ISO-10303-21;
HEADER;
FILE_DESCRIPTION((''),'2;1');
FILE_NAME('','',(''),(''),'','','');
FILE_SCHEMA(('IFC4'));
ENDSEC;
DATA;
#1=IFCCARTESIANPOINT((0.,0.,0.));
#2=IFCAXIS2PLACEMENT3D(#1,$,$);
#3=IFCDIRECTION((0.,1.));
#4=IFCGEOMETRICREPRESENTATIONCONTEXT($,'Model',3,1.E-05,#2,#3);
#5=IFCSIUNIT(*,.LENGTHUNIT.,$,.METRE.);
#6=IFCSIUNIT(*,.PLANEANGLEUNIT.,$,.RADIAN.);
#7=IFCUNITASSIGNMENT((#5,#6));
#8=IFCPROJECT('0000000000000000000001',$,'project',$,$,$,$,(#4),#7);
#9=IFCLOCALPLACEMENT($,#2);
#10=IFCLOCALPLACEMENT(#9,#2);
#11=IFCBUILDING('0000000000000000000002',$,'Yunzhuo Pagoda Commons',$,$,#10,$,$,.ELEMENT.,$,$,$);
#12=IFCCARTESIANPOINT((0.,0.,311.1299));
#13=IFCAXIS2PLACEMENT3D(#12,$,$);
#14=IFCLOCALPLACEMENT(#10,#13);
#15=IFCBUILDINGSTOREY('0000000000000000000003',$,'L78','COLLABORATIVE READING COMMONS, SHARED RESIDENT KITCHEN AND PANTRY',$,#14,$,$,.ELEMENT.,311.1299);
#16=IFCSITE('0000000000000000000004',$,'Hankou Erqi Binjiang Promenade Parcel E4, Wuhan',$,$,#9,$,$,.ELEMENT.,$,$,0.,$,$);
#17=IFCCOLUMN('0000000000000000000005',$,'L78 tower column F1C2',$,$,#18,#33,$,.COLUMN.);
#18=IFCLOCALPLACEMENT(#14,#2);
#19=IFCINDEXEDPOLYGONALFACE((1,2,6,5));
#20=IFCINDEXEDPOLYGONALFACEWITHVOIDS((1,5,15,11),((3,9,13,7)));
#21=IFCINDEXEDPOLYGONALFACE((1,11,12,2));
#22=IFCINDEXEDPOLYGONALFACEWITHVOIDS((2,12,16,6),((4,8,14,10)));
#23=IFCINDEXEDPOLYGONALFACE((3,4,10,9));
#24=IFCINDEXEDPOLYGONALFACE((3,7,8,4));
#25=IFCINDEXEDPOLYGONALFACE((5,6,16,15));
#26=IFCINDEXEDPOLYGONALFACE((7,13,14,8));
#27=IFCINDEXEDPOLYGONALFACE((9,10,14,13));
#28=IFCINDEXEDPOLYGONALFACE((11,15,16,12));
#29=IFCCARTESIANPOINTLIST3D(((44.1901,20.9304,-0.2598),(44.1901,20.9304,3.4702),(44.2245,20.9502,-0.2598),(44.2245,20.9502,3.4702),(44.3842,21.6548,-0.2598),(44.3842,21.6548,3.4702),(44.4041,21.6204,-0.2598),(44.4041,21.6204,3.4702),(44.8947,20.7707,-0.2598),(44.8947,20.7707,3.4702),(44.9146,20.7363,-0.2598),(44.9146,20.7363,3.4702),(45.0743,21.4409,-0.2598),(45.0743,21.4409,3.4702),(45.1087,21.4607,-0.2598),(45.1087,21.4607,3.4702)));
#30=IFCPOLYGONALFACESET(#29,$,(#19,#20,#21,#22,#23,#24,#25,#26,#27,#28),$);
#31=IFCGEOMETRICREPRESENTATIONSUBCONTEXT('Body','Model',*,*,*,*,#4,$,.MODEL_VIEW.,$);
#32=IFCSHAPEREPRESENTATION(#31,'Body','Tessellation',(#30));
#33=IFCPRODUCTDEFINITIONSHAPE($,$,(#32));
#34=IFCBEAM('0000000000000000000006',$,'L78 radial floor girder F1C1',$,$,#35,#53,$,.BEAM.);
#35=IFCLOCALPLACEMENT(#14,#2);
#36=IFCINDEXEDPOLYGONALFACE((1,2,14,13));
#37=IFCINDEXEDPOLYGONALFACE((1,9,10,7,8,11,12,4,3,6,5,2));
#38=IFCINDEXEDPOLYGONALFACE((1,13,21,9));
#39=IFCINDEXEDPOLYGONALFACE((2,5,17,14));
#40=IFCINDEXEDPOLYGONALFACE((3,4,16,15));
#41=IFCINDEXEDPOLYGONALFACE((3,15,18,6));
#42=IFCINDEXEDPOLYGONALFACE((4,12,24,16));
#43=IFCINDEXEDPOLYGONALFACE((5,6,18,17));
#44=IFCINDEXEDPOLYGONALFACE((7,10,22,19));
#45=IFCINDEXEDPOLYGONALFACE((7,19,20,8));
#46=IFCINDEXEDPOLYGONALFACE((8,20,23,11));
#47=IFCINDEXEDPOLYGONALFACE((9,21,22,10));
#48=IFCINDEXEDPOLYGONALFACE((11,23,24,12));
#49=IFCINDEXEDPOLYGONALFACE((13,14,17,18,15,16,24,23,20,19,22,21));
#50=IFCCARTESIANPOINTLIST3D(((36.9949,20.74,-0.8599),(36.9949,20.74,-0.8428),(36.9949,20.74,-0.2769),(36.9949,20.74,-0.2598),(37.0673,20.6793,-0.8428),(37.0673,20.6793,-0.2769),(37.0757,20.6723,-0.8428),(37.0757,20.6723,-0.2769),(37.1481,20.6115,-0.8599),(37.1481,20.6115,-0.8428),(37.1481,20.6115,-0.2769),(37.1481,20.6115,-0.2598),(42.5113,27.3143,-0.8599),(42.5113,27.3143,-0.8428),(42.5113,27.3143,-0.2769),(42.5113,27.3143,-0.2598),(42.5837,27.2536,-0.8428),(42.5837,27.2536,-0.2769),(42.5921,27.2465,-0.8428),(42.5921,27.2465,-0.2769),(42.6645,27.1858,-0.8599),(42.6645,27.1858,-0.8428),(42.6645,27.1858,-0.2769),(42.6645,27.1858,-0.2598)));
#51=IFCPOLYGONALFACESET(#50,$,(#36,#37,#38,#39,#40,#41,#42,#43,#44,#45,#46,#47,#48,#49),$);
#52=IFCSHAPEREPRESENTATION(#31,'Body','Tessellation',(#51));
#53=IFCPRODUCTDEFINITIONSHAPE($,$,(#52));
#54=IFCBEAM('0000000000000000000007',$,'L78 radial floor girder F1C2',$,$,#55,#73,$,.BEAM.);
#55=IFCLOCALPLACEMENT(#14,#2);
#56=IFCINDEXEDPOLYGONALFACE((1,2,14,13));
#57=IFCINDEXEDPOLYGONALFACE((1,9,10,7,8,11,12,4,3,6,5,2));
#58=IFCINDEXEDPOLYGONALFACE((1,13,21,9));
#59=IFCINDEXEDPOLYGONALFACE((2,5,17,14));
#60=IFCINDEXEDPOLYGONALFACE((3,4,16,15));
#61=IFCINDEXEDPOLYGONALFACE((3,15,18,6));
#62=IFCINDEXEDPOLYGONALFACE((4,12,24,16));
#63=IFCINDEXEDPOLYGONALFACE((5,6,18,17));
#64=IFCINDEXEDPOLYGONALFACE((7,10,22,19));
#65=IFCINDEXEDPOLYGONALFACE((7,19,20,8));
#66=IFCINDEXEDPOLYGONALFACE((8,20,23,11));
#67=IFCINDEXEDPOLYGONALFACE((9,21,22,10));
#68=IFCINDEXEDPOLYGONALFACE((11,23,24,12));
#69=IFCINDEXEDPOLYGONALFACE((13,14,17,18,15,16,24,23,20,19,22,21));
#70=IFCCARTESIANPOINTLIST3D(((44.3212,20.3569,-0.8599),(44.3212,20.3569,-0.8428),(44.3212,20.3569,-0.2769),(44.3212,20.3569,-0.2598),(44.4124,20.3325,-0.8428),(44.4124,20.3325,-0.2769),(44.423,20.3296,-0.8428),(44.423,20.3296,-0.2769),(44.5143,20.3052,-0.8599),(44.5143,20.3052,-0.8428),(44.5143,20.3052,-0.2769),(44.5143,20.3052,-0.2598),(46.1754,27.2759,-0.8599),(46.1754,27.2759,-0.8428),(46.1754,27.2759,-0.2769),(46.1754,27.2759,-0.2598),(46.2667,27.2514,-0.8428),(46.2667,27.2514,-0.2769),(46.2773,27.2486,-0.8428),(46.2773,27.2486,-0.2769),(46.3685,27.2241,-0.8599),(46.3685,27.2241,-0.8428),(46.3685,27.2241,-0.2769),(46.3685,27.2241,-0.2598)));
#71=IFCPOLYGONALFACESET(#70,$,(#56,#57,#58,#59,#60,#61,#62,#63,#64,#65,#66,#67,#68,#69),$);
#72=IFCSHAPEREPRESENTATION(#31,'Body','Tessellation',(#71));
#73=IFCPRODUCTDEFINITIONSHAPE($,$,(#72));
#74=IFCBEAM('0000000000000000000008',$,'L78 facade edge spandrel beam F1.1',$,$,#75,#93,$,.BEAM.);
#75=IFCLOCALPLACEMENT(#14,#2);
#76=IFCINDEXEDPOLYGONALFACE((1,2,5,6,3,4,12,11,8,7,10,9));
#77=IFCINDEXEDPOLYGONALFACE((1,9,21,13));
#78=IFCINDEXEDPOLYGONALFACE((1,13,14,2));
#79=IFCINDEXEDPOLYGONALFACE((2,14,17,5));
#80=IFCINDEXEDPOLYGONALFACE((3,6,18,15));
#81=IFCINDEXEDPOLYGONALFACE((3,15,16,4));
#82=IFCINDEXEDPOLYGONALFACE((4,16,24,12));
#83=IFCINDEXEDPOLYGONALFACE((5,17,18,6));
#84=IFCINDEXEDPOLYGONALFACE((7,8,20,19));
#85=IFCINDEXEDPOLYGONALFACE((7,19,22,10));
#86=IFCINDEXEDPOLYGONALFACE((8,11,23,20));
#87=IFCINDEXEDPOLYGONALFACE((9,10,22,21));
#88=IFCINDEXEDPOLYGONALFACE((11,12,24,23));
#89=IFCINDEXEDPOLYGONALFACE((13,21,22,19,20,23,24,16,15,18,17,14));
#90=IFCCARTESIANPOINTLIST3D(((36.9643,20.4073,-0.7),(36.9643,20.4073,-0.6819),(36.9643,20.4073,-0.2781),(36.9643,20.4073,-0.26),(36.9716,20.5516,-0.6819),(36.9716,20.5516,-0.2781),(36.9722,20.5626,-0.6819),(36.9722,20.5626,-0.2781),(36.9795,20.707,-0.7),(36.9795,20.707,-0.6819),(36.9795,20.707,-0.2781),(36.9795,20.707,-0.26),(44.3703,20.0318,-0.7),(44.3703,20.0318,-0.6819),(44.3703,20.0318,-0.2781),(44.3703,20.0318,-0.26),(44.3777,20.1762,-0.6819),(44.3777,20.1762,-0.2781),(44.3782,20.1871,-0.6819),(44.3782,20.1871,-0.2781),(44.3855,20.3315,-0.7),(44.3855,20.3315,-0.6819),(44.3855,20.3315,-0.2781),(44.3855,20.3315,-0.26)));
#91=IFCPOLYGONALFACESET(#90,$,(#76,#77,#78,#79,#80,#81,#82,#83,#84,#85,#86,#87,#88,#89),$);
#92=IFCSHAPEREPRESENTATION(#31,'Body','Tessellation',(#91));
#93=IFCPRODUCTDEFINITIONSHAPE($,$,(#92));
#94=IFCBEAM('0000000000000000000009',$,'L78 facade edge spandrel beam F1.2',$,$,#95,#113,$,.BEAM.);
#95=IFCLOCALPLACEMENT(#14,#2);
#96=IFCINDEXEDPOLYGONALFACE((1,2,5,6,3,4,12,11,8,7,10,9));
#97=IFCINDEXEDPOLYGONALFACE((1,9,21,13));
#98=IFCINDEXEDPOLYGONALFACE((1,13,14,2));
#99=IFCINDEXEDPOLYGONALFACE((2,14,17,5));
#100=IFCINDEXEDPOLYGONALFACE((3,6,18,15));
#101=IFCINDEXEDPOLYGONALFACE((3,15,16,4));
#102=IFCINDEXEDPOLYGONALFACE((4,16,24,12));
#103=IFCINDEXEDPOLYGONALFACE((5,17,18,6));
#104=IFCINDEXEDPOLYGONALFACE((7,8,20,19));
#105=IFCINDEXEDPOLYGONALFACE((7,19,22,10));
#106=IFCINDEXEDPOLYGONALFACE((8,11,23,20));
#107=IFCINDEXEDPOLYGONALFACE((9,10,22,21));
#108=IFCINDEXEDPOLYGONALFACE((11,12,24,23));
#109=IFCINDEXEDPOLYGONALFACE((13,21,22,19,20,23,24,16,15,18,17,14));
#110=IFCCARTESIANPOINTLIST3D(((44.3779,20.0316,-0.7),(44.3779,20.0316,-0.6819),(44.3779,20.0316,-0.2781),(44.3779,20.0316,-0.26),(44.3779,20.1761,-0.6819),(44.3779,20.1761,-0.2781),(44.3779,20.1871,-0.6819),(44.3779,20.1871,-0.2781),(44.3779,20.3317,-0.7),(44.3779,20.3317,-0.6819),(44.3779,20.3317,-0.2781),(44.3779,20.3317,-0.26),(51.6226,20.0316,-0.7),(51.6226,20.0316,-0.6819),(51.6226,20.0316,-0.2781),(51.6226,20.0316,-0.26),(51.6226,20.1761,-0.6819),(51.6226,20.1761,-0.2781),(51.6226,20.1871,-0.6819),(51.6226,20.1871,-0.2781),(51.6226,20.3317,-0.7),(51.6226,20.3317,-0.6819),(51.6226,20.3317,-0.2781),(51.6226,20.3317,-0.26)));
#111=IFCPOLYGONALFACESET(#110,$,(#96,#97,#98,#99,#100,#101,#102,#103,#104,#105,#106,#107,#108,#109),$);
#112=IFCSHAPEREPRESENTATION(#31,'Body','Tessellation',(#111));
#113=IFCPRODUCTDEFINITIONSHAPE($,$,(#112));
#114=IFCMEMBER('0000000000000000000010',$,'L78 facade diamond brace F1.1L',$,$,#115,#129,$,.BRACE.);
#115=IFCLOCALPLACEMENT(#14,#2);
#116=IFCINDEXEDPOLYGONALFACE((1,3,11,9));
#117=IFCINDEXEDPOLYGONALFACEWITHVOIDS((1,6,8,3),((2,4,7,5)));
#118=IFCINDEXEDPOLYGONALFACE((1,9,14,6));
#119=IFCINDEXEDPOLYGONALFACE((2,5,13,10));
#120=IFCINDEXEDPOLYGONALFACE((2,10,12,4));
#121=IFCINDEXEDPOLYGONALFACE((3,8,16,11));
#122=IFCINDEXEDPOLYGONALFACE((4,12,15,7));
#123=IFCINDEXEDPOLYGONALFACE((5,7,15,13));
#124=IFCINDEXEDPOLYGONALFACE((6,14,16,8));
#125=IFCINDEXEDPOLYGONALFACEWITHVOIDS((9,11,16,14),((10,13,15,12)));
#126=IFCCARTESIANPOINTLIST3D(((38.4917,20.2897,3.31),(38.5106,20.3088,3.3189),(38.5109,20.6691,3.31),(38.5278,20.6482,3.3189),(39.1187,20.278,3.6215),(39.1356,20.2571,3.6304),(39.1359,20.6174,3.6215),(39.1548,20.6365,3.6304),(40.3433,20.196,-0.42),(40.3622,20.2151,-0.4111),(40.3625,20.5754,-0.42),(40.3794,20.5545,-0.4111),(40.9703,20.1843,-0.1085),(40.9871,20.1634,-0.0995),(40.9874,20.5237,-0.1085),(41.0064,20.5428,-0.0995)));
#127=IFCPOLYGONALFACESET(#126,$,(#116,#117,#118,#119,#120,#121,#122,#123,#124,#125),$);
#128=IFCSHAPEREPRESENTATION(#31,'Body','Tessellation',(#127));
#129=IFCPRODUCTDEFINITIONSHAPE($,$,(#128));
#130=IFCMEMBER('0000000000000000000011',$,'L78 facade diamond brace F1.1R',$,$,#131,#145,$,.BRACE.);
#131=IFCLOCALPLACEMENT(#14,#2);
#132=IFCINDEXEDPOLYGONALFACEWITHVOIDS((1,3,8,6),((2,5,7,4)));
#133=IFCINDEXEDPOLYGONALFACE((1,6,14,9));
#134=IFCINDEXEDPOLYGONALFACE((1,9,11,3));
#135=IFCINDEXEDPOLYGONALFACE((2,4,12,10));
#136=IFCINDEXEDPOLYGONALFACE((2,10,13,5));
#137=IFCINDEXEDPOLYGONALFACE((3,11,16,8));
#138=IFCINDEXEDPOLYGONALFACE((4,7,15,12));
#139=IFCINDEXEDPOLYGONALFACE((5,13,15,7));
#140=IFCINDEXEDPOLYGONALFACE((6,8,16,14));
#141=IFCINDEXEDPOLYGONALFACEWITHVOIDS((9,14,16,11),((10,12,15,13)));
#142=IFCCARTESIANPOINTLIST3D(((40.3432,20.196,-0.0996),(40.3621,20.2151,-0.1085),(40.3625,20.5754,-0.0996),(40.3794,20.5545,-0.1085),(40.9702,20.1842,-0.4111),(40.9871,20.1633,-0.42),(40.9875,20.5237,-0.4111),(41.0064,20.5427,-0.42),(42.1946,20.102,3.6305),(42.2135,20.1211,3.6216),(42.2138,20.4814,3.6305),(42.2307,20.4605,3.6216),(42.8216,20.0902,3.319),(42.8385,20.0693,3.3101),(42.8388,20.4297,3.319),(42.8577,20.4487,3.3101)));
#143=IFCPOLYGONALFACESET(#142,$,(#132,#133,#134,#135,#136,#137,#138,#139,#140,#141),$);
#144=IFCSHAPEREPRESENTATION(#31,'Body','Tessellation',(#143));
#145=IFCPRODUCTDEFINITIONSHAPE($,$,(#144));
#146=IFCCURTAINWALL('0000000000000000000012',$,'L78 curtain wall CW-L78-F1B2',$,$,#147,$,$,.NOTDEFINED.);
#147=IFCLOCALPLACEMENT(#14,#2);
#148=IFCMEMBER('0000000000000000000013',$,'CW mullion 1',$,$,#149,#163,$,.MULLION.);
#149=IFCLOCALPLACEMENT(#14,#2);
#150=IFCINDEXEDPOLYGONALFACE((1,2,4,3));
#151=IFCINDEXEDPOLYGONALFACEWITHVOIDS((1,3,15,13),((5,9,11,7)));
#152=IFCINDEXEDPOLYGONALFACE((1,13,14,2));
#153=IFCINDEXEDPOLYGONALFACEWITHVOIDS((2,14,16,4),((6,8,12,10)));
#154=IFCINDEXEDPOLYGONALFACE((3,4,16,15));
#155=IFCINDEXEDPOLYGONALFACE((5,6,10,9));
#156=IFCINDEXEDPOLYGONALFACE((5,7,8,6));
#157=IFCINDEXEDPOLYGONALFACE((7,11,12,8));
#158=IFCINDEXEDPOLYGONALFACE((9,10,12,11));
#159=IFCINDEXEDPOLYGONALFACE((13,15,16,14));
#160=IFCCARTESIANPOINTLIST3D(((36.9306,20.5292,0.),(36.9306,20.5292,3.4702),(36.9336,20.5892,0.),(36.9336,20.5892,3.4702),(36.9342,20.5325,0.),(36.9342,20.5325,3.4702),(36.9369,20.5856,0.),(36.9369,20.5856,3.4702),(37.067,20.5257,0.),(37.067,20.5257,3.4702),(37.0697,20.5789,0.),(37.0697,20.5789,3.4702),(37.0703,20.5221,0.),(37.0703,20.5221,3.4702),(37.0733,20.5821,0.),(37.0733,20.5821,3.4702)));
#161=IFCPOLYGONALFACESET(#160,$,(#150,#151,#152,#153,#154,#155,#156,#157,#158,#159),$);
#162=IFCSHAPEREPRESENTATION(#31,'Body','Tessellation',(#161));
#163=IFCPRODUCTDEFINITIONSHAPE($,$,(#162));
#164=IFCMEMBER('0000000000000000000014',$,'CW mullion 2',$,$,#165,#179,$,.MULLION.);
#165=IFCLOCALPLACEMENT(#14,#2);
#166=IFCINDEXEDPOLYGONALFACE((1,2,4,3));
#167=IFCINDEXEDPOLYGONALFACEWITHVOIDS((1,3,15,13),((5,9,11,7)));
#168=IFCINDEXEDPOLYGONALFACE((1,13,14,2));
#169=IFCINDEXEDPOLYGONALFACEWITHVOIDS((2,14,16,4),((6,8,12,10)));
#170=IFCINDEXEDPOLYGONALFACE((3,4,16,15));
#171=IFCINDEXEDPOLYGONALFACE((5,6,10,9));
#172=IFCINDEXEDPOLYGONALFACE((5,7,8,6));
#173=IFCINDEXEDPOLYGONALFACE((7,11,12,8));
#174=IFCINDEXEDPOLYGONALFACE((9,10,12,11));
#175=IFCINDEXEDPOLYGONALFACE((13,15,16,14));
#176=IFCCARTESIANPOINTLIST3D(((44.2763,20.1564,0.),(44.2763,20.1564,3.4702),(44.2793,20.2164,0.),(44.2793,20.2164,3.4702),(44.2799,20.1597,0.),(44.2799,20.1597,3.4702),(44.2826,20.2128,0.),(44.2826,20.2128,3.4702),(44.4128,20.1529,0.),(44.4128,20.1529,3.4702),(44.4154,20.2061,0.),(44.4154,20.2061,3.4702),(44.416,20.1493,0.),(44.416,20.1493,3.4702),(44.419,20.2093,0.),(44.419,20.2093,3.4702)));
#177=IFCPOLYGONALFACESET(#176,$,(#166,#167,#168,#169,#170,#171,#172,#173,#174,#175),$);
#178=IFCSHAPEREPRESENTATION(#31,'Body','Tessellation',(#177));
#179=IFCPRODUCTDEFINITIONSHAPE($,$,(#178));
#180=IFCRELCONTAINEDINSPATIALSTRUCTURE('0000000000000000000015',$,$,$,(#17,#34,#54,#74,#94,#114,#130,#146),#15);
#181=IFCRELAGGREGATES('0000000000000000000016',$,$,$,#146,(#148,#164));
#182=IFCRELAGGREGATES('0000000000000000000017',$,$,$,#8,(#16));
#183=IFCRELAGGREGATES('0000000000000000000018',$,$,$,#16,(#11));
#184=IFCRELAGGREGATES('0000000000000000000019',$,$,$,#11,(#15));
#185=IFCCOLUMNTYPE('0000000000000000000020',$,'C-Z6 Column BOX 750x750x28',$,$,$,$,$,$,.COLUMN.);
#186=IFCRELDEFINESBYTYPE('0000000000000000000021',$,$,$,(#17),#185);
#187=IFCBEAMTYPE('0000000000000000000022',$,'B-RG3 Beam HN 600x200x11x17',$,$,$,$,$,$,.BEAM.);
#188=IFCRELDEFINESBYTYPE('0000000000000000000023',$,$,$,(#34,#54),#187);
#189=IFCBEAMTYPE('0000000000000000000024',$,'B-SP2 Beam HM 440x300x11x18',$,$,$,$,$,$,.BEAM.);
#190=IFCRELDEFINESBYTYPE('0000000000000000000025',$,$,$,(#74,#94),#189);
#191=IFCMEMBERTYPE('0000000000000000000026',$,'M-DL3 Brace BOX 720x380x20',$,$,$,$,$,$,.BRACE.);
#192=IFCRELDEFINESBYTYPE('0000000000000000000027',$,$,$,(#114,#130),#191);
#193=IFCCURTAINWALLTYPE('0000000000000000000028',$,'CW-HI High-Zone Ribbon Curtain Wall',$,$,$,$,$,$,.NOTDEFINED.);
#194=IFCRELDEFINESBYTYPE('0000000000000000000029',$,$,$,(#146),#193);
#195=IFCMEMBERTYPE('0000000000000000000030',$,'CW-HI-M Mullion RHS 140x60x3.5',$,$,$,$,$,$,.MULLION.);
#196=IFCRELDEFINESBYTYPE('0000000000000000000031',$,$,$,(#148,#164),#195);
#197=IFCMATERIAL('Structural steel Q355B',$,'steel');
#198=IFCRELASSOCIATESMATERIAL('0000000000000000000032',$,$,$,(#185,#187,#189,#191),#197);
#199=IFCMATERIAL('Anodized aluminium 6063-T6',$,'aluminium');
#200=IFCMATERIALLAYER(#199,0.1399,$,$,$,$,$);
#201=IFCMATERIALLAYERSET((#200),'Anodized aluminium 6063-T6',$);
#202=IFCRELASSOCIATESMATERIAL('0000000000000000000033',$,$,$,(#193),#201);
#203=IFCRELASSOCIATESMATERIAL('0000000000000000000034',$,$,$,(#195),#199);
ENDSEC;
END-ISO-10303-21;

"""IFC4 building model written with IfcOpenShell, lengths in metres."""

from ifc_helpers import new_model, si_unit, direction, frame, origin, origin_2d, place, context, subcontext, project, spatial, hollow_rectangle, i_section, extrude, source, transform, mapped, material, layer, layer_set, material_profile, profile_set, type_object, element, aggregate, save


model = new_model("IFC4")

# Units and contexts
model_context = context("Model", 3, precision=1e-05, world=origin(), true_north=direction((0.0, 1.0)))
body_context = subcontext(model_context, "Body", "Model", "MODEL_VIEW")
ifc_project = project(units=[si_unit("LENGTHUNIT", "METRE"), si_unit("PLANEANGLEUNIT", "RADIAN")], contexts=[model_context])

# Site, building, storey
site_placement = place(None, origin())
site = spatial("IfcSite", under=ifc_project, at=site_placement, Name="Hankou Erqi Binjiang Promenade Parcel E4, Wuhan", CompositionType="ELEMENT", RefElevation=0.0)
building_placement = place(site_placement, origin())
building = spatial("IfcBuilding", under=site, at=building_placement, Name="Yunzhuo Pagoda Commons", CompositionType="ELEMENT")
storey_placement = place(building_placement, frame((0.0, 0.0, 311.1299)))
storey = spatial("IfcBuildingStorey", under=building, at=storey_placement, Name="L78", Description="COLLABORATIVE READING COMMONS, SHARED RESIDENT KITCHEN AND PANTRY", CompositionType="ELEMENT", Elevation=311.1299)

# Column
ifc_material_1 = material(Name="Structural steel Q355B", Category="steel")
ifc_material_profile_1 = material_profile(ifc_material_1, hollow_rectangle(XDim=0.75, YDim=0.75, WallThickness=0.0281, at=origin_2d()), Name="Structural steel Q355B")
ifc_profile_set_1 = profile_set([ifc_material_profile_1], Name="Structural steel Q355B")
column_type = type_object("IfcColumnType", Name="C-Z6 Column BOX 750x750x28", PredefinedType="COLUMN", material=ifc_profile_set_1)
shared_shape_1 = source(origin(), body_context, "Body", "SweptSolid", [
    extrude(hollow_rectangle(XDim=0.75, YDim=0.75, WallThickness=0.0281, at=origin_2d()), origin(), (0.0, 0.0, 1.0), 3.73),
])
column_placement = place(storey_placement, frame((44.6494, 21.1956, -0.2598), z_axis=(0.0, 0.0, 1.0), x_axis=(0.965926, -0.258819, 0.0)))
element("IfcColumn", 1, at=column_placement, inside=storey, type_object=column_type, Name="L78 tower column F1C2", PredefinedType="COLUMN", context=body_context, shape_type="MappedRepresentation", body=[
    mapped(shared_shape_1, transform((0.0, 0.0, 0.0), scale=1.0)),
])

# Beams
ifc_material_profile_2 = material_profile(ifc_material_1, i_section(OverallWidth=0.2, OverallDepth=0.6001, WebThickness=0.011, FlangeThickness=0.0171, at=origin_2d()), Name="Structural steel Q355B")
ifc_profile_set_2 = profile_set([ifc_material_profile_2], Name="Structural steel Q355B")
beam_type_1 = type_object("IfcBeamType", Name="B-RG3 Beam HN 600x200x11x17", PredefinedType="BEAM", material=ifc_profile_set_2)
shared_shape_2 = source(origin(), body_context, "Body", "SweptSolid", [
    extrude(i_section(OverallWidth=0.2, OverallDepth=0.6001, WebThickness=0.011, FlangeThickness=0.0171, at=origin_2d()), origin(), (0.0, 0.0, 1.0), 8.582),
])
beam_1_placement = place(storey_placement, frame((37.0715, 20.6758, -0.5598), z_axis=(0.642783, 0.766048, 0.0), x_axis=(-0.766048, 0.642783, 0.0)))
element("IfcBeam", 2, at=beam_1_placement, inside=storey, type_object=beam_type_1, Name="L78 radial floor girder F1C1", PredefinedType="BEAM", context=body_context, shape_type="MappedRepresentation", body=[
    mapped(shared_shape_2, transform((0.0, 0.0, 0.0), scale=1.0)),
])
shared_shape_3 = source(origin(), body_context, "Body", "SweptSolid", [
    extrude(i_section(OverallWidth=0.2, OverallDepth=0.6001, WebThickness=0.011, FlangeThickness=0.0171, at=origin_2d()), origin(), (0.0, 0.0, 1.0), 7.1631),
])
beam_2_placement = place(storey_placement, frame((44.4177, 20.3311, -0.5598), z_axis=(0.258861, 0.965915, 0.0), x_axis=(-0.965915, 0.258861, 0.0)))
element("IfcBeam", 3, at=beam_2_placement, inside=storey, type_object=beam_type_1, Name="L78 radial floor girder F1C2", PredefinedType="BEAM", context=body_context, shape_type="MappedRepresentation", body=[
    mapped(shared_shape_3, transform((0.0, 0.0, 0.0), scale=1.0)),
])
ifc_material_profile_3 = material_profile(ifc_material_1, i_section(OverallWidth=0.3, OverallDepth=0.4399, WebThickness=0.011, FlangeThickness=0.0181, at=origin_2d()), Name="Structural steel Q355B")
ifc_profile_set_3 = profile_set([ifc_material_profile_3], Name="Structural steel Q355B")
beam_type_2 = type_object("IfcBeamType", Name="B-SP2 Beam HM 440x300x11x18", PredefinedType="BEAM", material=ifc_profile_set_3)
shared_shape_4 = source(origin(), body_context, "Body", "SweptSolid", [
    extrude(i_section(OverallWidth=0.3, OverallDepth=0.4399, WebThickness=0.011, FlangeThickness=0.0181, at=origin_2d()), origin(), (0.0, 0.0, 1.0), 7.4155),
])
beam_3_placement = place(storey_placement, frame((36.9719, 20.5571, -0.48), z_axis=(0.998717, -0.050635, 0.0), x_axis=(0.050635, 0.998717, 0.0)))
element("IfcBeam", 4, at=beam_3_placement, inside=storey, type_object=beam_type_2, Name="L78 facade edge spandrel beam F1.1", PredefinedType="BEAM", context=body_context, shape_type="MappedRepresentation", body=[
    mapped(shared_shape_4, transform((0.0, 0.0, 0.0), scale=1.0)),
])
shared_shape_5 = source(origin(), body_context, "Body", "SweptSolid", [
    extrude(i_section(OverallWidth=0.3, OverallDepth=0.4399, WebThickness=0.011, FlangeThickness=0.0181, at=origin_2d()), origin(), (0.0, 0.0, 1.0), 7.2446),
])
beam_4_placement = place(storey_placement, frame((44.3779, 20.1816, -0.48), z_axis=(1.0, 0.0, 0.0), x_axis=(0.0, 1.0, 0.0)))
element("IfcBeam", 5, at=beam_4_placement, inside=storey, type_object=beam_type_2, Name="L78 facade edge spandrel beam F1.2", PredefinedType="BEAM", context=body_context, shape_type="MappedRepresentation", body=[
    mapped(shared_shape_5, transform((0.0, 0.0, 0.0), scale=1.0)),
])

# Members
ifc_material_profile_4 = material_profile(ifc_material_1, hollow_rectangle(XDim=0.3799, YDim=0.72, WallThickness=0.02, at=origin_2d()), Name="Structural steel Q355B")
ifc_profile_set_4 = profile_set([ifc_material_profile_4], Name="Structural steel Q355B")
member_type_1 = type_object("IfcMemberType", Name="M-DL3 Brace BOX 720x380x20", PredefinedType="BRACE", material=ifc_profile_set_4)
shared_shape_6 = source(origin(), body_context, "Body", "SweptSolid", [
    extrude(hollow_rectangle(XDim=0.3799, YDim=0.72, WallThickness=0.02, at=origin_2d()), origin(), (0.0, 0.0, 1.0), 4.1653),
])
for number, where, z_axis, x_axis, name in (
    (6, (40.6748, 20.3694, -0.2598), (-0.444519, 0.022507, 0.895486), (-0.050568, -0.998721, 0.0), "L78 facade diamond brace F1.1L"),
    (7, (40.6748, 20.3694, -0.2598), (0.444472, -0.022566, 0.895509), (0.050706, 0.998714, 0.0), "L78 facade diamond brace F1.1R"),
):
    element("IfcMember", number, at=place(storey_placement, frame(where, z_axis=z_axis, x_axis=x_axis)), inside=storey, type_object=member_type_1, Name=name, PredefinedType="BRACE", context=body_context, shape_type="MappedRepresentation", body=[
        mapped(shared_shape_6, transform((0.0, 0.0, 0.0), scale=1.0)),
    ])

# Curtain wall, members
ifc_material_2 = material(Name="Anodized aluminium 6063-T6", Category="aluminium")
ifc_layer_1 = layer(ifc_material_2, 0.1399)
ifc_layer_set_1 = layer_set([ifc_layer_1], Name="Anodized aluminium 6063-T6")
curtain_wall_type = type_object("IfcCurtainWallType", Name="CW-HI High-Zone Ribbon Curtain Wall", PredefinedType="NOTDEFINED", material=ifc_layer_set_1)
curtain_wall_1_placement = place(storey_placement, origin())
curtain_wall_1 = element("IfcCurtainWall", 8, at=curtain_wall_1_placement, inside=storey, type_object=curtain_wall_type, Name="L78 curtain wall CW-L78-F1B2", PredefinedType="NOTDEFINED")
ifc_material_profile_5 = material_profile(ifc_material_2, hollow_rectangle(XDim=0.0601, YDim=0.1399, WallThickness=0.0034, at=origin_2d()), Name="Anodized aluminium 6063-T6")
ifc_profile_set_5 = profile_set([ifc_material_profile_5], Name="Anodized aluminium 6063-T6")
member_type_2 = type_object("IfcMemberType", Name="CW-HI-M Mullion RHS 140x60x3.5", PredefinedType="MULLION", material=ifc_profile_set_5)
shared_shape_7 = source(origin(), body_context, "Body", "SweptSolid", [
    extrude(hollow_rectangle(XDim=0.0601, YDim=0.1399, WallThickness=0.0034, at=origin_2d()), origin(), (0.0, 0.0, 1.0), 3.4702),
])
member_1_placement = place(storey_placement, frame((37.002, 20.5557, 0.0), z_axis=(0.0, 0.0, 1.0), x_axis=(0.050692, 0.998714, 0.0)))
member_1 = element("IfcMember", 9, at=member_1_placement, type_object=member_type_2, Name="CW mullion 1", PredefinedType="MULLION", context=body_context, shape_type="MappedRepresentation", body=[
    mapped(shared_shape_7, transform((0.0, 0.0, 0.0), scale=1.0)),
])
member_2_placement = place(storey_placement, frame((44.3477, 20.1829, 0.0), z_axis=(0.0, 0.0, 1.0), x_axis=(0.050692, 0.998714, 0.0)))
member_2 = element("IfcMember", 10, at=member_2_placement, type_object=member_type_2, Name="CW mullion 2", PredefinedType="MULLION", context=body_context, shape_type="MappedRepresentation", body=[
    mapped(shared_shape_7, transform((0.0, 0.0, 0.0), scale=1.0)),
])

aggregate(curtain_wall_1, [member_1, member_2])

save(model, "model.ifc")
